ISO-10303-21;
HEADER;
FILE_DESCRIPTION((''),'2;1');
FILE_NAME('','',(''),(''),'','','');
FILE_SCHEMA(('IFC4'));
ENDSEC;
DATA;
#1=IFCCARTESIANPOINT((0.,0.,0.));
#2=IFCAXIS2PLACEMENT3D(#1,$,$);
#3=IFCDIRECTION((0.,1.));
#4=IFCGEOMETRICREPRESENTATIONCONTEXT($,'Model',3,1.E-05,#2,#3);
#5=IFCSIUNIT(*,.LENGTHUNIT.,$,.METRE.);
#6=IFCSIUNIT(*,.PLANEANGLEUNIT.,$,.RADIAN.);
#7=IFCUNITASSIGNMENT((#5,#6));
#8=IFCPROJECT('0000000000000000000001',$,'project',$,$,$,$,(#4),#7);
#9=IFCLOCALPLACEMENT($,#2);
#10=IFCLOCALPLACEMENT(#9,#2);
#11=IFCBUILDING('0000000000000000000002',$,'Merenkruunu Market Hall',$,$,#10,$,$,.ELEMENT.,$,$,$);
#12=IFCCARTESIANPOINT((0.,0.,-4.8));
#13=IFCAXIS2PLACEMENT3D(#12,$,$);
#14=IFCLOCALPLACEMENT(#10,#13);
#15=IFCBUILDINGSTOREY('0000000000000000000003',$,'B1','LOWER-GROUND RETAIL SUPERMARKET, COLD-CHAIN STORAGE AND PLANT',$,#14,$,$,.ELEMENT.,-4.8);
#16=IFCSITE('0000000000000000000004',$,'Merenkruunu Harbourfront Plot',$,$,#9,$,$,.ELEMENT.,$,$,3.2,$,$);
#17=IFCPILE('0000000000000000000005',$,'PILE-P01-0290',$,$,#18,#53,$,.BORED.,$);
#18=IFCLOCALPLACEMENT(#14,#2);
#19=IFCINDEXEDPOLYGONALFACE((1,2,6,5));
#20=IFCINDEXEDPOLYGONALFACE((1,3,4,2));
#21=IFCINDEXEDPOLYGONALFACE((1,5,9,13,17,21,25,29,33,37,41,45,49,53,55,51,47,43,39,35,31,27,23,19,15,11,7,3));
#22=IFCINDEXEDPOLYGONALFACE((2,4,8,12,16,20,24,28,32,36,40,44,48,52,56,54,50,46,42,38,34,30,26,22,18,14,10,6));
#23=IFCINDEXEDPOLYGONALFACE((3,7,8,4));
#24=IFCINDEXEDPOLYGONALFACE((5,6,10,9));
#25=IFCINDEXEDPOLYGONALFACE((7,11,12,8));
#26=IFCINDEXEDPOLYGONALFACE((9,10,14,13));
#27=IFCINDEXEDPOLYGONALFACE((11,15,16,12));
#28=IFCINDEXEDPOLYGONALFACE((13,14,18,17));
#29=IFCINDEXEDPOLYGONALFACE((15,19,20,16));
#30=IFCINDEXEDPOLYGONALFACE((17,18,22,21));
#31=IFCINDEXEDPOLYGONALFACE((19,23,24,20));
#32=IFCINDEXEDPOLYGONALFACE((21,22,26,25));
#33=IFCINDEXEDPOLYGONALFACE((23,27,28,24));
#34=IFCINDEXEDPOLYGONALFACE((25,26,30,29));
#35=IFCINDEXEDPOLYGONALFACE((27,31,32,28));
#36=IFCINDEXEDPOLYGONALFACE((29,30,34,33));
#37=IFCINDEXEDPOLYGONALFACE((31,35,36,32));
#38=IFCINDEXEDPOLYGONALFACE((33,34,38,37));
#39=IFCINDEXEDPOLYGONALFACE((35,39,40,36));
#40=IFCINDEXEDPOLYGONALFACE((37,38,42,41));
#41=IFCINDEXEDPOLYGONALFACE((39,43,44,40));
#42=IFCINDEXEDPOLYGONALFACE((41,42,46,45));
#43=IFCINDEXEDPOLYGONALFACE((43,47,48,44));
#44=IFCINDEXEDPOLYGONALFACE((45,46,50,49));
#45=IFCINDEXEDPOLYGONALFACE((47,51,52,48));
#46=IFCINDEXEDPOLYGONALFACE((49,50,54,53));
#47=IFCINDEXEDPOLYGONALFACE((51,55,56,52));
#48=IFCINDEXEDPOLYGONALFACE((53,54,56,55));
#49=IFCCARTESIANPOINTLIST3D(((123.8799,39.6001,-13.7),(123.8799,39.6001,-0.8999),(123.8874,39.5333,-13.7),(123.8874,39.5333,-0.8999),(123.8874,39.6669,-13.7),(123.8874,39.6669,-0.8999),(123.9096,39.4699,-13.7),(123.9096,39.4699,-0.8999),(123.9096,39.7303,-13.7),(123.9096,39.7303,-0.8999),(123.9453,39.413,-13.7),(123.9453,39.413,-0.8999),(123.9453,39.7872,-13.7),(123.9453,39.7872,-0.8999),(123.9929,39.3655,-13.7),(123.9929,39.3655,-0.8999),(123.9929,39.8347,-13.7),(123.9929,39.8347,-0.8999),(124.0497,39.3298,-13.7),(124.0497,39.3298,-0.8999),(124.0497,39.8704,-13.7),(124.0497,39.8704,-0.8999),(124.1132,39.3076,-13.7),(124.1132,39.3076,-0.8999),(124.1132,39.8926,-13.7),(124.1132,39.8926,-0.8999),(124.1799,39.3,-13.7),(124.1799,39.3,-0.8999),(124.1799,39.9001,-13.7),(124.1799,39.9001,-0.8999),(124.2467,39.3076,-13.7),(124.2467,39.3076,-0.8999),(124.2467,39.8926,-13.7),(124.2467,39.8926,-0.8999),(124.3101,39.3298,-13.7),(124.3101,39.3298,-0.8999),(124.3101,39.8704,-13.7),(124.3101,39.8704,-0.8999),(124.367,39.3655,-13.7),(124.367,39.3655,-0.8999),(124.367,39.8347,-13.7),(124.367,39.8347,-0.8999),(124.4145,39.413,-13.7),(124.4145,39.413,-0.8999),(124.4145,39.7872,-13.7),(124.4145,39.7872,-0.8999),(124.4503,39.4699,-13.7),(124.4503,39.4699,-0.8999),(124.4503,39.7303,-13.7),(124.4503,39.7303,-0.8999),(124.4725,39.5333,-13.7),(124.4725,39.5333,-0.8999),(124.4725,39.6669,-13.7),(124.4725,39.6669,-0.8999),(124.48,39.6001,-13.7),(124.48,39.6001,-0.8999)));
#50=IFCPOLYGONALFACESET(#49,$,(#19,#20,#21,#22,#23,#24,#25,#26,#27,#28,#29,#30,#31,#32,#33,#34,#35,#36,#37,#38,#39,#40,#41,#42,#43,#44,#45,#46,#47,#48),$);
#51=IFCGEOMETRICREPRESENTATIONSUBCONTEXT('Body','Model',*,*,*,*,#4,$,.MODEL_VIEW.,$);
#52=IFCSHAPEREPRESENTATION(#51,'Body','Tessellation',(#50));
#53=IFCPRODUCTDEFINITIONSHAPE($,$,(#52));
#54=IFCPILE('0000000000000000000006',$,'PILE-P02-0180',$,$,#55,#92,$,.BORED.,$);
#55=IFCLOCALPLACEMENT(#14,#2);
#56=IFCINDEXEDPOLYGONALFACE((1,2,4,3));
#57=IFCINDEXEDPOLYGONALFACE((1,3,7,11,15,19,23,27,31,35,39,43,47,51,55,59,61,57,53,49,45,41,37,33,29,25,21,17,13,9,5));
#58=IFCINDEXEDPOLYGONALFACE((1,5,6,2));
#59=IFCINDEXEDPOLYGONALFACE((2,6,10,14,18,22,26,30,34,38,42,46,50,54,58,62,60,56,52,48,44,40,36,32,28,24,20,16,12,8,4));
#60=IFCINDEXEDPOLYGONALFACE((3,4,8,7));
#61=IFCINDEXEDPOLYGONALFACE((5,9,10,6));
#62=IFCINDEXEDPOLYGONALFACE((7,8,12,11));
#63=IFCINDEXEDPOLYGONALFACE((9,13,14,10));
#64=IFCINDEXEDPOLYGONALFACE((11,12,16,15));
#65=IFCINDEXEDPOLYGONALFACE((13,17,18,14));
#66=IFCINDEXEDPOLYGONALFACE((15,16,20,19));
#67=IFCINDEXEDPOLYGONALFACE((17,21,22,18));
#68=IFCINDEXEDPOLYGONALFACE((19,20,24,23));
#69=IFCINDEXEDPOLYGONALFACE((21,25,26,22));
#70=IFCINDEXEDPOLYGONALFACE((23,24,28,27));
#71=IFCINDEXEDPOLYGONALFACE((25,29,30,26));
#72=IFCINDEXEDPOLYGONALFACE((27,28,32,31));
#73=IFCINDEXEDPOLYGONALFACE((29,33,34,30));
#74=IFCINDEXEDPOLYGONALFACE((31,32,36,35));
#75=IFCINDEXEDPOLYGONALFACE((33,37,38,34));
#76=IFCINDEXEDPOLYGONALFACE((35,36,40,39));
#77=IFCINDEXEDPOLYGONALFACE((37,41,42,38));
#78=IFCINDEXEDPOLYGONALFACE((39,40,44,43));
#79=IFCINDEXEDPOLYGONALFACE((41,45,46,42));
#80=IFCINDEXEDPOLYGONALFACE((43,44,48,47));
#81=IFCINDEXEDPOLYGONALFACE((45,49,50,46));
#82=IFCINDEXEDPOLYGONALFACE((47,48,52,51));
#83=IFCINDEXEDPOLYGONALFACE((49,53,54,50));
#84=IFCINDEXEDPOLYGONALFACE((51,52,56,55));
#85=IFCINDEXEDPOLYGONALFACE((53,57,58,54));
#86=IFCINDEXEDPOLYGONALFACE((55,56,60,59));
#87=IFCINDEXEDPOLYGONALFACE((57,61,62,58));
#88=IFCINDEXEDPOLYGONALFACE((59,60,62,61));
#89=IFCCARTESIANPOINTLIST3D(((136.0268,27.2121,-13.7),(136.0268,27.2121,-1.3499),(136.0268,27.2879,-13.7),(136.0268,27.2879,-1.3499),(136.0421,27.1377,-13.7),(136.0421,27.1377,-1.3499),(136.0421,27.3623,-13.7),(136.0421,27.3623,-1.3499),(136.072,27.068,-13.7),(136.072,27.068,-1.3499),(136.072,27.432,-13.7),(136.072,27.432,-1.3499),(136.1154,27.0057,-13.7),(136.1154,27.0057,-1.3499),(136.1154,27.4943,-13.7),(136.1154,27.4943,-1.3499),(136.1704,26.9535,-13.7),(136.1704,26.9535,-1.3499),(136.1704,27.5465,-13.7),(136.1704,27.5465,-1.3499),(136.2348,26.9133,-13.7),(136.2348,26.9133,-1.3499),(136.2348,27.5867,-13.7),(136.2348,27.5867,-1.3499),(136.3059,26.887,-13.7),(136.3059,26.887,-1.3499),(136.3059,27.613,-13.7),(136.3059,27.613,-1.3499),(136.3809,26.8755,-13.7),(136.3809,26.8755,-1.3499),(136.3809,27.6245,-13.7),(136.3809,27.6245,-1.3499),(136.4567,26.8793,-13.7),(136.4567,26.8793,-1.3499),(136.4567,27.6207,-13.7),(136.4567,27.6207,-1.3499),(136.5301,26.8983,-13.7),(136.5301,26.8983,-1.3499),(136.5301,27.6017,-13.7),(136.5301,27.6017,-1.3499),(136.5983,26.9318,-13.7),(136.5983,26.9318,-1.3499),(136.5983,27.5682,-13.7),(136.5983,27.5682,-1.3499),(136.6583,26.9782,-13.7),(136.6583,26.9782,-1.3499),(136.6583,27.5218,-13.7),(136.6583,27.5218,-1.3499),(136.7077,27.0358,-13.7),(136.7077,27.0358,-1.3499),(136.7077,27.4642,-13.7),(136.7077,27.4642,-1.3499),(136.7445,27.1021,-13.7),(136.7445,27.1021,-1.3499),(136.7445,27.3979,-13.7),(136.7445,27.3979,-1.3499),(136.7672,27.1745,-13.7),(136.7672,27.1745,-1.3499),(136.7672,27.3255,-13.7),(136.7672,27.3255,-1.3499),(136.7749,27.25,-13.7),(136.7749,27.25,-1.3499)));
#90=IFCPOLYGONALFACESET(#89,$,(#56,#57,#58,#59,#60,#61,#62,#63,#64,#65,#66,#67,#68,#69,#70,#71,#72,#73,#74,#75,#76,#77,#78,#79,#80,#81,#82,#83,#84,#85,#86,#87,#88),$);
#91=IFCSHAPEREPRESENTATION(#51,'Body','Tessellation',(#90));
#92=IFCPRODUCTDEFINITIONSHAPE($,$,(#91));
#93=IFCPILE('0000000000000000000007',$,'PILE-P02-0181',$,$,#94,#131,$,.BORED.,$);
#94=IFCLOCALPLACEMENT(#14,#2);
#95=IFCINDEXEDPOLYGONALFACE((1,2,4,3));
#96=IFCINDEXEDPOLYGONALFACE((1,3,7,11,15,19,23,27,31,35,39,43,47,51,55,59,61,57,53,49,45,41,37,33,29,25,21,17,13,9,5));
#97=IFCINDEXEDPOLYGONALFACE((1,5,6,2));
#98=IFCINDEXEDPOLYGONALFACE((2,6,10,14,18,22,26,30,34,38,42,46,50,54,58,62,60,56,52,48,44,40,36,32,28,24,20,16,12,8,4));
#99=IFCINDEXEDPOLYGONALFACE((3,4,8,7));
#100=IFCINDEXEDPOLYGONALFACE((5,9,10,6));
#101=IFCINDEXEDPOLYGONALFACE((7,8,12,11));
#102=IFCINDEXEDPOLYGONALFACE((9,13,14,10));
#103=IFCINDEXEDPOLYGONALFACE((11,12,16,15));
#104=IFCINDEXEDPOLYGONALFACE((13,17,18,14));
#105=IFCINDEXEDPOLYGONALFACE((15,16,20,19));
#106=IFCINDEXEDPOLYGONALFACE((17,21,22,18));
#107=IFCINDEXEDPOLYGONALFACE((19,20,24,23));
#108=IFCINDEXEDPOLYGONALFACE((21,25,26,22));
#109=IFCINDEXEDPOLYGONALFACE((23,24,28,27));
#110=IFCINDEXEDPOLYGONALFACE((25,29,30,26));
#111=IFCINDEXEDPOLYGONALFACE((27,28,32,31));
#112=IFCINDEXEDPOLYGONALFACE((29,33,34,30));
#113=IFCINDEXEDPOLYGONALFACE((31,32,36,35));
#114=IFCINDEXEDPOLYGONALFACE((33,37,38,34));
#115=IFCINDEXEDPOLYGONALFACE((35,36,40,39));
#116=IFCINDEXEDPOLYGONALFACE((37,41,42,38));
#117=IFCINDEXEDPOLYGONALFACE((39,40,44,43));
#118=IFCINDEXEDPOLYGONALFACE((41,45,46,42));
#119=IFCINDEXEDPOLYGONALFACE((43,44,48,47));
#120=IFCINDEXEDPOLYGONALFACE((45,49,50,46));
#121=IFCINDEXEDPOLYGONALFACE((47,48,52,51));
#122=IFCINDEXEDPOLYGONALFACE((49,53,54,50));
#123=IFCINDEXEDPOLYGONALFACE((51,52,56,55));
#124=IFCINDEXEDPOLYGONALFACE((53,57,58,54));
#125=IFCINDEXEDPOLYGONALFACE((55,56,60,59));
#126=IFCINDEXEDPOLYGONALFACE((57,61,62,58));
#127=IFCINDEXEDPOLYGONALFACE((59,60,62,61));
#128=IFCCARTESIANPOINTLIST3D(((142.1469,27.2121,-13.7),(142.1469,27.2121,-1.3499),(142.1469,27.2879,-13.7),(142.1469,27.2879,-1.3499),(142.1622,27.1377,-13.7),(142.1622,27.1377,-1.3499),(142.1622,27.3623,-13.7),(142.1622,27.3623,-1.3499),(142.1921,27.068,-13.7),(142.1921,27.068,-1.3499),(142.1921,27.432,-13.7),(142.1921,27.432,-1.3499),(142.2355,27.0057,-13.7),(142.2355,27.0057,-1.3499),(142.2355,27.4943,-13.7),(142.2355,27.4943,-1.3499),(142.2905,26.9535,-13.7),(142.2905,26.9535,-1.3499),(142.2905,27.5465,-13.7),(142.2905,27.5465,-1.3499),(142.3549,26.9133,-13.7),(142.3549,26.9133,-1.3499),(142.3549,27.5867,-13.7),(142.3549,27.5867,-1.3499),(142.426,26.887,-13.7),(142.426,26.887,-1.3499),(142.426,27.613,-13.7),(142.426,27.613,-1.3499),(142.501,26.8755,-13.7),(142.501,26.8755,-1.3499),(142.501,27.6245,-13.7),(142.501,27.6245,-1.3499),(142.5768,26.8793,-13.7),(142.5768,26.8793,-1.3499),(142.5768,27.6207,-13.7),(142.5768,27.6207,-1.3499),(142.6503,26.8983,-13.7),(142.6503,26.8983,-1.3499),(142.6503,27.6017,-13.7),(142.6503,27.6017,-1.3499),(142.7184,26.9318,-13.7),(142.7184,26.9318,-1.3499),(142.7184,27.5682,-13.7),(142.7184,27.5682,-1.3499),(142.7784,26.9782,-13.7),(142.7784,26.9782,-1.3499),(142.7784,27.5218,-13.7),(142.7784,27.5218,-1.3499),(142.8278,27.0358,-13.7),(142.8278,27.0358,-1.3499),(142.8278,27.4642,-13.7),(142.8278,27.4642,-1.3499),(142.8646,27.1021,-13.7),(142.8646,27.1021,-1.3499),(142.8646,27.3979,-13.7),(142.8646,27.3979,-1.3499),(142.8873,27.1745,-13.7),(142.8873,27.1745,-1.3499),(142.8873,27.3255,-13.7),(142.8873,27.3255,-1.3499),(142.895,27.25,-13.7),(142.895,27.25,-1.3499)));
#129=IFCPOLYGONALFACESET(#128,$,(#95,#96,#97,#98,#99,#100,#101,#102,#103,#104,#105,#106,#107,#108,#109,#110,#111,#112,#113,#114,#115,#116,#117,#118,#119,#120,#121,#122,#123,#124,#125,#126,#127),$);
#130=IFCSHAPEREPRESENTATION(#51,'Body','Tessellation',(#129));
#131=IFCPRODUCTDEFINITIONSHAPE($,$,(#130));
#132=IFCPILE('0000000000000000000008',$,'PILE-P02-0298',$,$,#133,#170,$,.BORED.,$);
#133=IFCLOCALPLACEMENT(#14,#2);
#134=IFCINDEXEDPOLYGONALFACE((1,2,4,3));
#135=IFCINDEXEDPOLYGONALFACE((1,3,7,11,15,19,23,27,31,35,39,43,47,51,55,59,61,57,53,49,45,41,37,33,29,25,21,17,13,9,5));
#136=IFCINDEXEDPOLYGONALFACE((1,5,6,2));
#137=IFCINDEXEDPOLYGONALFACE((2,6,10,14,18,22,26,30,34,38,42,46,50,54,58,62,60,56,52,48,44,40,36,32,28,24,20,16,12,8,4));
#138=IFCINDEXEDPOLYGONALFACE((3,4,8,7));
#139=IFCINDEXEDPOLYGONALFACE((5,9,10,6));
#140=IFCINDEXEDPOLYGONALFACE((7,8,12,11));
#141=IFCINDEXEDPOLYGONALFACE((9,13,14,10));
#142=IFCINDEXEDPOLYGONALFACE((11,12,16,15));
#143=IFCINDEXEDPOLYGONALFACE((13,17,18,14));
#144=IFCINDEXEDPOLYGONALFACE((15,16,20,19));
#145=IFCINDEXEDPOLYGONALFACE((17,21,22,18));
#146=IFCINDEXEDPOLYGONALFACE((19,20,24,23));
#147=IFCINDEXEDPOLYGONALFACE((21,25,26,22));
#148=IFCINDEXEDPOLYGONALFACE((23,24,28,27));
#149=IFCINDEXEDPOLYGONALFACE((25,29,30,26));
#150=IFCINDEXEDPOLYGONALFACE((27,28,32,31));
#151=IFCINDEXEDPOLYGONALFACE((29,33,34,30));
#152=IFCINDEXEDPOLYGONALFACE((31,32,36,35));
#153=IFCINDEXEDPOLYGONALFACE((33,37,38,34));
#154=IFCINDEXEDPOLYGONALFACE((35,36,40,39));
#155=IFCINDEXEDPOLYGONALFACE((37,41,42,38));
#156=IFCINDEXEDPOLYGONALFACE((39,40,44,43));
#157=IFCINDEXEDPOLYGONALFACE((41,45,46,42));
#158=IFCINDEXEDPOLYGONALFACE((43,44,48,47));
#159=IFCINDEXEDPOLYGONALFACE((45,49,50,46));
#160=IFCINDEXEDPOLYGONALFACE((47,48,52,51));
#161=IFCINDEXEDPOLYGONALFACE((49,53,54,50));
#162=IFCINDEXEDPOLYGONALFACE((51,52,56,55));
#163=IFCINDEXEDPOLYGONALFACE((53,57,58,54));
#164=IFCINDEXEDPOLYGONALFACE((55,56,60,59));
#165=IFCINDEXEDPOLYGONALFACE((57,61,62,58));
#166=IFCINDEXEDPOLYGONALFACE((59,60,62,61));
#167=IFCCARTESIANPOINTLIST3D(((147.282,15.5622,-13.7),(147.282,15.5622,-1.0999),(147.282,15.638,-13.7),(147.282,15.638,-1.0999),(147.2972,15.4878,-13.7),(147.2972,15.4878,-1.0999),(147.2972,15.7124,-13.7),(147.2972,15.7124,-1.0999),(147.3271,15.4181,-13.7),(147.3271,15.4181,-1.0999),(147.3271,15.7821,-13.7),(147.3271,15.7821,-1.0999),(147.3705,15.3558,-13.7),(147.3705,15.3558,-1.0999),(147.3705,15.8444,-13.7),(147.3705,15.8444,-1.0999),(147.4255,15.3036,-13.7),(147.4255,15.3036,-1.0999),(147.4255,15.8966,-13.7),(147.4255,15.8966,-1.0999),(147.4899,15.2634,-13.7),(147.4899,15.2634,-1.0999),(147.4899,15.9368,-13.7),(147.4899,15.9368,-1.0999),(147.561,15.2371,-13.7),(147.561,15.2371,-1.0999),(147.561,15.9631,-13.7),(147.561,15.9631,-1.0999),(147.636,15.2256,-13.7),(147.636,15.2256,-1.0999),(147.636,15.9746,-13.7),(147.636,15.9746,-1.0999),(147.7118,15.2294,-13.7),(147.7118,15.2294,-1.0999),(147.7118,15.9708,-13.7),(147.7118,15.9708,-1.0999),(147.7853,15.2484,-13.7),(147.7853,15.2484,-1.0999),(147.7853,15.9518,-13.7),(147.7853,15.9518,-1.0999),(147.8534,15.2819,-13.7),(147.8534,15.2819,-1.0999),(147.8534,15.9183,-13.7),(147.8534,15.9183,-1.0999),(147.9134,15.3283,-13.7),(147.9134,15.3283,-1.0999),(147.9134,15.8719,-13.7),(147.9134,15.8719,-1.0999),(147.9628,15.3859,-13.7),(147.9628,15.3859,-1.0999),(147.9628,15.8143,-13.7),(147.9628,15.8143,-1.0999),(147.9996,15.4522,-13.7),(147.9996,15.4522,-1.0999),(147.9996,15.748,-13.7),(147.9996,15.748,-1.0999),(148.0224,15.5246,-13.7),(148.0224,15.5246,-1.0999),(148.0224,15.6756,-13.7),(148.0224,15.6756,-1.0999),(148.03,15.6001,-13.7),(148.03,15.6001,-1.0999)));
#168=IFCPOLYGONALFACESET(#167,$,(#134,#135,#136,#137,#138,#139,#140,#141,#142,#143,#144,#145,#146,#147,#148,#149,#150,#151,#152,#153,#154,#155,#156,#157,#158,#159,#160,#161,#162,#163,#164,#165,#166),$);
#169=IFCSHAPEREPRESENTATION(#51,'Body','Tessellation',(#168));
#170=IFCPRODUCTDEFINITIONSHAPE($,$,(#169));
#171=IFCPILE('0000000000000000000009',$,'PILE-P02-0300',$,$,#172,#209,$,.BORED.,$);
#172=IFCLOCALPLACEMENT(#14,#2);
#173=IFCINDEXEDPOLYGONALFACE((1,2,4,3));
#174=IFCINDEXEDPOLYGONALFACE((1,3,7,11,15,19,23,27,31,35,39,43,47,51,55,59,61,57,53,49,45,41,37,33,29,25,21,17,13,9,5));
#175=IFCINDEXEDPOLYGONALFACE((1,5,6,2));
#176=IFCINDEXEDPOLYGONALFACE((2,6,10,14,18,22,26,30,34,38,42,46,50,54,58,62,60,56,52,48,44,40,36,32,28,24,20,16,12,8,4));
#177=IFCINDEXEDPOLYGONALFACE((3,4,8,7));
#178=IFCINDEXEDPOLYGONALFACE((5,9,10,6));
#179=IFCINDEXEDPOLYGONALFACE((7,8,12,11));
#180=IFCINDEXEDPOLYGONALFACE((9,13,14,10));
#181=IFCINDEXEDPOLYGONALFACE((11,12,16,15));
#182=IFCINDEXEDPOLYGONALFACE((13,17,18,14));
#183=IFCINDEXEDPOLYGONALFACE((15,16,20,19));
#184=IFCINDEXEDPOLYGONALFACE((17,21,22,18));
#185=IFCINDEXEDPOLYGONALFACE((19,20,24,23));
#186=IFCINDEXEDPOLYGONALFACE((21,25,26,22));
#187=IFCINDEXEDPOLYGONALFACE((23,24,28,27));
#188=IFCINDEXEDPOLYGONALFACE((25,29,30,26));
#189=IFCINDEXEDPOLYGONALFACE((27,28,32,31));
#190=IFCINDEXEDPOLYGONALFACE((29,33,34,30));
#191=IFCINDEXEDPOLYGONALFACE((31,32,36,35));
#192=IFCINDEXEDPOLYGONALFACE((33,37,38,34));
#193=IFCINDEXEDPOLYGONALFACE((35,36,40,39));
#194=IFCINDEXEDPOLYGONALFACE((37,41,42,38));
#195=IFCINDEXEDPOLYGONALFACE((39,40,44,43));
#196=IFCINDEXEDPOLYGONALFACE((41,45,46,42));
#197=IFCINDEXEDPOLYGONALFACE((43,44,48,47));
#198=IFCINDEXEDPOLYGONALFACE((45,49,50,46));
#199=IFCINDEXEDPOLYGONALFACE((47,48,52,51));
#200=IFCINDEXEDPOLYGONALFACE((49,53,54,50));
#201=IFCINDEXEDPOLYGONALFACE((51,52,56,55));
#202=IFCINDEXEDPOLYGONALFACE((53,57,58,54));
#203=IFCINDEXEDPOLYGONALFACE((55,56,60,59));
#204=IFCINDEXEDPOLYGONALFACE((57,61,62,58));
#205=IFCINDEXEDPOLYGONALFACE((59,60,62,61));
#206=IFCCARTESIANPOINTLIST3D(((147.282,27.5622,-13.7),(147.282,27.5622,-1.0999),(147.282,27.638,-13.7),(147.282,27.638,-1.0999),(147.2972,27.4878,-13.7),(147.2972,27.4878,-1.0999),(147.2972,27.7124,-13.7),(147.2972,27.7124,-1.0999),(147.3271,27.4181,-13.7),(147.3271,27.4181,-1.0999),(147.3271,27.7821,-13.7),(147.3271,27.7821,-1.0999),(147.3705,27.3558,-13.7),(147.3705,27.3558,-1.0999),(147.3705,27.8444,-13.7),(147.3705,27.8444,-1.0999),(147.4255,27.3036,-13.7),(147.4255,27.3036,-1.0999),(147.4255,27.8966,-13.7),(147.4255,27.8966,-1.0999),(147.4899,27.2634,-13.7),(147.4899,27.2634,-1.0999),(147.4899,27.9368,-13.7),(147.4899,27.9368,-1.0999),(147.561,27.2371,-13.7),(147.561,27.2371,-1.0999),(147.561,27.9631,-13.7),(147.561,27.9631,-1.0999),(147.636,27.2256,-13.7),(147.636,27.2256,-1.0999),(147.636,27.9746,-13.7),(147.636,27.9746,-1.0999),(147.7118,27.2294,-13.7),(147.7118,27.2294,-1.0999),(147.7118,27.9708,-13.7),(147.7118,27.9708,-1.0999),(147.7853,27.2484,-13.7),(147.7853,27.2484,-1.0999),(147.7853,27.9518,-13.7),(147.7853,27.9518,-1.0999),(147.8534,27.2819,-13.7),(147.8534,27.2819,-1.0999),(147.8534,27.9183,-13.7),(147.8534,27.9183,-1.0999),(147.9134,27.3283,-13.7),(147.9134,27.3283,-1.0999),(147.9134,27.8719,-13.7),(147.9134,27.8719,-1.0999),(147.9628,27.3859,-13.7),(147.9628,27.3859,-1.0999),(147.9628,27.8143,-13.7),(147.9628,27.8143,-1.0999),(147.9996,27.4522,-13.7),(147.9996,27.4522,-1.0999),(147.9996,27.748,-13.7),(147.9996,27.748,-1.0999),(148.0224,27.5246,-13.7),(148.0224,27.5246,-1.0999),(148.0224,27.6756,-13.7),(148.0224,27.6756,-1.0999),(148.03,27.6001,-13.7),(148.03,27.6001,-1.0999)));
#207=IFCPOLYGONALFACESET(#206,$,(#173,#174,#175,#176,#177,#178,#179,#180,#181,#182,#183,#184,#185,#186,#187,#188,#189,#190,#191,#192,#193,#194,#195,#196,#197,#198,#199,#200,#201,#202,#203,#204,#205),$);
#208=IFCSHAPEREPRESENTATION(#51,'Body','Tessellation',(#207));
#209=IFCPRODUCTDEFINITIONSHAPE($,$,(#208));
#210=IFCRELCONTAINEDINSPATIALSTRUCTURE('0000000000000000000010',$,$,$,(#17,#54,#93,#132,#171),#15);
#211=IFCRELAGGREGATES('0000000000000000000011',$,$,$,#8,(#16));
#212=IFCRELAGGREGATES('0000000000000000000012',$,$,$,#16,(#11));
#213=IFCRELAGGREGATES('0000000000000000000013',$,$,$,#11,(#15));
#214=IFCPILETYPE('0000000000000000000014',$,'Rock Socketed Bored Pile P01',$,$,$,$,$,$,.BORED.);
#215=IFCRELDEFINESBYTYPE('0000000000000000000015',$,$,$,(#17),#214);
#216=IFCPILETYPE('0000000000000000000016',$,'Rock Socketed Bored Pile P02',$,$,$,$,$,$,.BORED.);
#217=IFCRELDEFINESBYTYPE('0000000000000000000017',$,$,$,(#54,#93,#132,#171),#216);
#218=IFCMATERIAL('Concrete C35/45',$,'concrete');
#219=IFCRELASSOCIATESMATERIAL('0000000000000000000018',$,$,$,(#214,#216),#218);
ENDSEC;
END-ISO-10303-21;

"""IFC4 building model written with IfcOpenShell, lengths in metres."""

from ifc_helpers import new_model, si_unit, direction, frame, origin, origin_2d, place, context, subcontext, project, spatial, circle, extrude, material, material_profile, profile_set, type_object, element, save


model = new_model("IFC4")

# Units and contexts
model_context = context("Model", 3, precision=1e-05, world=origin(), true_north=direction((0.0, 1.0)))
body_context = subcontext(model_context, "Body", "Model", "MODEL_VIEW")
ifc_project = project(units=[si_unit("LENGTHUNIT", "METRE"), si_unit("PLANEANGLEUNIT", "RADIAN")], contexts=[model_context])

# Site, building, storey
site_placement = place(None, origin())
site = spatial("IfcSite", under=ifc_project, at=site_placement, Name="Merenkruunu Harbourfront Plot", CompositionType="ELEMENT", RefElevation=3.2)
building_placement = place(site_placement, origin())
building = spatial("IfcBuilding", under=site, at=building_placement, Name="Merenkruunu Market Hall", CompositionType="ELEMENT")
storey_placement = place(building_placement, frame((0.0, 0.0, -4.8)))
storey = spatial("IfcBuildingStorey", under=building, at=storey_placement, Name="B1", Description="LOWER-GROUND RETAIL SUPERMARKET, COLD-CHAIN STORAGE AND PLANT", CompositionType="ELEMENT", Elevation=-4.8)

# Shared definitions
ifc_material = material(Name="Concrete C35/45", Category="concrete")

# Piles
ifc_material_profile_1 = material_profile(ifc_material, circle(Radius=0.3, at=origin_2d()), Name="BORED PILE 600")
ifc_profile_set_1 = profile_set([ifc_material_profile_1], Name="Concrete C35/45")
pile_type_1 = type_object("IfcPileType", Name="Rock Socketed Bored Pile P01", PredefinedType="BORED", material=ifc_profile_set_1)
for number, where, z_axis, x_axis, name in (
    (1, (124.1799, 39.6001, -0.8999), (0.0, 0.0, -1.0), (1.0, 0.0, 0.0), "PILE-P01-0290"),
):
    element("IfcPile", number, at=place(storey_placement, frame(where, z_axis=z_axis, x_axis=x_axis)), inside=storey, type_object=pile_type_1, Name=name, PredefinedType="BORED", context=body_context, shape_type="SweptSolid", body=[
        extrude(circle(Radius=0.3, at=origin_2d()), origin(), (0.0, 0.0, 1.0), 12.8),
    ])
ifc_material_profile_2 = material_profile(ifc_material, circle(Radius=0.375, at=origin_2d()), Name="BORED PILE 750")
ifc_profile_set_2 = profile_set([ifc_material_profile_2], Name="Concrete C35/45")
pile_type_2 = type_object("IfcPileType", Name="Rock Socketed Bored Pile P02", PredefinedType="BORED", material=ifc_profile_set_2)
for number, where, z_axis, x_axis, name in (
    (2, (136.3999, 27.25, -1.3499), (0.0, 0.0, -1.0), (1.0, 0.0, 0.0), "PILE-P02-0180"),
    (3, (142.52, 27.25, -1.3499), (0.0, 0.0, -1.0), (1.0, 0.0, 0.0), "PILE-P02-0181"),
):
    element("IfcPile", number, at=place(storey_placement, frame(where, z_axis=z_axis, x_axis=x_axis)), inside=storey, type_object=pile_type_2, Name=name, PredefinedType="BORED", context=body_context, shape_type="SweptSolid", body=[
        extrude(circle(Radius=0.375, at=origin_2d()), origin(), (0.0, 0.0, 1.0), 12.3501),
    ])
for number, where, z_axis, x_axis, name in (
    (4, (147.655, 15.6001, -1.0999), (0.0, 0.0, -1.0), (1.0, 0.0, 0.0), "PILE-P02-0298"),
    (5, (147.655, 27.6001, -1.0999), (0.0, 0.0, -1.0), (1.0, 0.0, 0.0), "PILE-P02-0300"),
):
    element("IfcPile", number, at=place(storey_placement, frame(where, z_axis=z_axis, x_axis=x_axis)), inside=storey, type_object=pile_type_2, Name=name, PredefinedType="BORED", context=body_context, shape_type="SweptSolid", body=[
        extrude(circle(Radius=0.375, at=origin_2d()), origin(), (0.0, 0.0, 1.0), 12.6001),
    ])

save(model, "model.ifc")
